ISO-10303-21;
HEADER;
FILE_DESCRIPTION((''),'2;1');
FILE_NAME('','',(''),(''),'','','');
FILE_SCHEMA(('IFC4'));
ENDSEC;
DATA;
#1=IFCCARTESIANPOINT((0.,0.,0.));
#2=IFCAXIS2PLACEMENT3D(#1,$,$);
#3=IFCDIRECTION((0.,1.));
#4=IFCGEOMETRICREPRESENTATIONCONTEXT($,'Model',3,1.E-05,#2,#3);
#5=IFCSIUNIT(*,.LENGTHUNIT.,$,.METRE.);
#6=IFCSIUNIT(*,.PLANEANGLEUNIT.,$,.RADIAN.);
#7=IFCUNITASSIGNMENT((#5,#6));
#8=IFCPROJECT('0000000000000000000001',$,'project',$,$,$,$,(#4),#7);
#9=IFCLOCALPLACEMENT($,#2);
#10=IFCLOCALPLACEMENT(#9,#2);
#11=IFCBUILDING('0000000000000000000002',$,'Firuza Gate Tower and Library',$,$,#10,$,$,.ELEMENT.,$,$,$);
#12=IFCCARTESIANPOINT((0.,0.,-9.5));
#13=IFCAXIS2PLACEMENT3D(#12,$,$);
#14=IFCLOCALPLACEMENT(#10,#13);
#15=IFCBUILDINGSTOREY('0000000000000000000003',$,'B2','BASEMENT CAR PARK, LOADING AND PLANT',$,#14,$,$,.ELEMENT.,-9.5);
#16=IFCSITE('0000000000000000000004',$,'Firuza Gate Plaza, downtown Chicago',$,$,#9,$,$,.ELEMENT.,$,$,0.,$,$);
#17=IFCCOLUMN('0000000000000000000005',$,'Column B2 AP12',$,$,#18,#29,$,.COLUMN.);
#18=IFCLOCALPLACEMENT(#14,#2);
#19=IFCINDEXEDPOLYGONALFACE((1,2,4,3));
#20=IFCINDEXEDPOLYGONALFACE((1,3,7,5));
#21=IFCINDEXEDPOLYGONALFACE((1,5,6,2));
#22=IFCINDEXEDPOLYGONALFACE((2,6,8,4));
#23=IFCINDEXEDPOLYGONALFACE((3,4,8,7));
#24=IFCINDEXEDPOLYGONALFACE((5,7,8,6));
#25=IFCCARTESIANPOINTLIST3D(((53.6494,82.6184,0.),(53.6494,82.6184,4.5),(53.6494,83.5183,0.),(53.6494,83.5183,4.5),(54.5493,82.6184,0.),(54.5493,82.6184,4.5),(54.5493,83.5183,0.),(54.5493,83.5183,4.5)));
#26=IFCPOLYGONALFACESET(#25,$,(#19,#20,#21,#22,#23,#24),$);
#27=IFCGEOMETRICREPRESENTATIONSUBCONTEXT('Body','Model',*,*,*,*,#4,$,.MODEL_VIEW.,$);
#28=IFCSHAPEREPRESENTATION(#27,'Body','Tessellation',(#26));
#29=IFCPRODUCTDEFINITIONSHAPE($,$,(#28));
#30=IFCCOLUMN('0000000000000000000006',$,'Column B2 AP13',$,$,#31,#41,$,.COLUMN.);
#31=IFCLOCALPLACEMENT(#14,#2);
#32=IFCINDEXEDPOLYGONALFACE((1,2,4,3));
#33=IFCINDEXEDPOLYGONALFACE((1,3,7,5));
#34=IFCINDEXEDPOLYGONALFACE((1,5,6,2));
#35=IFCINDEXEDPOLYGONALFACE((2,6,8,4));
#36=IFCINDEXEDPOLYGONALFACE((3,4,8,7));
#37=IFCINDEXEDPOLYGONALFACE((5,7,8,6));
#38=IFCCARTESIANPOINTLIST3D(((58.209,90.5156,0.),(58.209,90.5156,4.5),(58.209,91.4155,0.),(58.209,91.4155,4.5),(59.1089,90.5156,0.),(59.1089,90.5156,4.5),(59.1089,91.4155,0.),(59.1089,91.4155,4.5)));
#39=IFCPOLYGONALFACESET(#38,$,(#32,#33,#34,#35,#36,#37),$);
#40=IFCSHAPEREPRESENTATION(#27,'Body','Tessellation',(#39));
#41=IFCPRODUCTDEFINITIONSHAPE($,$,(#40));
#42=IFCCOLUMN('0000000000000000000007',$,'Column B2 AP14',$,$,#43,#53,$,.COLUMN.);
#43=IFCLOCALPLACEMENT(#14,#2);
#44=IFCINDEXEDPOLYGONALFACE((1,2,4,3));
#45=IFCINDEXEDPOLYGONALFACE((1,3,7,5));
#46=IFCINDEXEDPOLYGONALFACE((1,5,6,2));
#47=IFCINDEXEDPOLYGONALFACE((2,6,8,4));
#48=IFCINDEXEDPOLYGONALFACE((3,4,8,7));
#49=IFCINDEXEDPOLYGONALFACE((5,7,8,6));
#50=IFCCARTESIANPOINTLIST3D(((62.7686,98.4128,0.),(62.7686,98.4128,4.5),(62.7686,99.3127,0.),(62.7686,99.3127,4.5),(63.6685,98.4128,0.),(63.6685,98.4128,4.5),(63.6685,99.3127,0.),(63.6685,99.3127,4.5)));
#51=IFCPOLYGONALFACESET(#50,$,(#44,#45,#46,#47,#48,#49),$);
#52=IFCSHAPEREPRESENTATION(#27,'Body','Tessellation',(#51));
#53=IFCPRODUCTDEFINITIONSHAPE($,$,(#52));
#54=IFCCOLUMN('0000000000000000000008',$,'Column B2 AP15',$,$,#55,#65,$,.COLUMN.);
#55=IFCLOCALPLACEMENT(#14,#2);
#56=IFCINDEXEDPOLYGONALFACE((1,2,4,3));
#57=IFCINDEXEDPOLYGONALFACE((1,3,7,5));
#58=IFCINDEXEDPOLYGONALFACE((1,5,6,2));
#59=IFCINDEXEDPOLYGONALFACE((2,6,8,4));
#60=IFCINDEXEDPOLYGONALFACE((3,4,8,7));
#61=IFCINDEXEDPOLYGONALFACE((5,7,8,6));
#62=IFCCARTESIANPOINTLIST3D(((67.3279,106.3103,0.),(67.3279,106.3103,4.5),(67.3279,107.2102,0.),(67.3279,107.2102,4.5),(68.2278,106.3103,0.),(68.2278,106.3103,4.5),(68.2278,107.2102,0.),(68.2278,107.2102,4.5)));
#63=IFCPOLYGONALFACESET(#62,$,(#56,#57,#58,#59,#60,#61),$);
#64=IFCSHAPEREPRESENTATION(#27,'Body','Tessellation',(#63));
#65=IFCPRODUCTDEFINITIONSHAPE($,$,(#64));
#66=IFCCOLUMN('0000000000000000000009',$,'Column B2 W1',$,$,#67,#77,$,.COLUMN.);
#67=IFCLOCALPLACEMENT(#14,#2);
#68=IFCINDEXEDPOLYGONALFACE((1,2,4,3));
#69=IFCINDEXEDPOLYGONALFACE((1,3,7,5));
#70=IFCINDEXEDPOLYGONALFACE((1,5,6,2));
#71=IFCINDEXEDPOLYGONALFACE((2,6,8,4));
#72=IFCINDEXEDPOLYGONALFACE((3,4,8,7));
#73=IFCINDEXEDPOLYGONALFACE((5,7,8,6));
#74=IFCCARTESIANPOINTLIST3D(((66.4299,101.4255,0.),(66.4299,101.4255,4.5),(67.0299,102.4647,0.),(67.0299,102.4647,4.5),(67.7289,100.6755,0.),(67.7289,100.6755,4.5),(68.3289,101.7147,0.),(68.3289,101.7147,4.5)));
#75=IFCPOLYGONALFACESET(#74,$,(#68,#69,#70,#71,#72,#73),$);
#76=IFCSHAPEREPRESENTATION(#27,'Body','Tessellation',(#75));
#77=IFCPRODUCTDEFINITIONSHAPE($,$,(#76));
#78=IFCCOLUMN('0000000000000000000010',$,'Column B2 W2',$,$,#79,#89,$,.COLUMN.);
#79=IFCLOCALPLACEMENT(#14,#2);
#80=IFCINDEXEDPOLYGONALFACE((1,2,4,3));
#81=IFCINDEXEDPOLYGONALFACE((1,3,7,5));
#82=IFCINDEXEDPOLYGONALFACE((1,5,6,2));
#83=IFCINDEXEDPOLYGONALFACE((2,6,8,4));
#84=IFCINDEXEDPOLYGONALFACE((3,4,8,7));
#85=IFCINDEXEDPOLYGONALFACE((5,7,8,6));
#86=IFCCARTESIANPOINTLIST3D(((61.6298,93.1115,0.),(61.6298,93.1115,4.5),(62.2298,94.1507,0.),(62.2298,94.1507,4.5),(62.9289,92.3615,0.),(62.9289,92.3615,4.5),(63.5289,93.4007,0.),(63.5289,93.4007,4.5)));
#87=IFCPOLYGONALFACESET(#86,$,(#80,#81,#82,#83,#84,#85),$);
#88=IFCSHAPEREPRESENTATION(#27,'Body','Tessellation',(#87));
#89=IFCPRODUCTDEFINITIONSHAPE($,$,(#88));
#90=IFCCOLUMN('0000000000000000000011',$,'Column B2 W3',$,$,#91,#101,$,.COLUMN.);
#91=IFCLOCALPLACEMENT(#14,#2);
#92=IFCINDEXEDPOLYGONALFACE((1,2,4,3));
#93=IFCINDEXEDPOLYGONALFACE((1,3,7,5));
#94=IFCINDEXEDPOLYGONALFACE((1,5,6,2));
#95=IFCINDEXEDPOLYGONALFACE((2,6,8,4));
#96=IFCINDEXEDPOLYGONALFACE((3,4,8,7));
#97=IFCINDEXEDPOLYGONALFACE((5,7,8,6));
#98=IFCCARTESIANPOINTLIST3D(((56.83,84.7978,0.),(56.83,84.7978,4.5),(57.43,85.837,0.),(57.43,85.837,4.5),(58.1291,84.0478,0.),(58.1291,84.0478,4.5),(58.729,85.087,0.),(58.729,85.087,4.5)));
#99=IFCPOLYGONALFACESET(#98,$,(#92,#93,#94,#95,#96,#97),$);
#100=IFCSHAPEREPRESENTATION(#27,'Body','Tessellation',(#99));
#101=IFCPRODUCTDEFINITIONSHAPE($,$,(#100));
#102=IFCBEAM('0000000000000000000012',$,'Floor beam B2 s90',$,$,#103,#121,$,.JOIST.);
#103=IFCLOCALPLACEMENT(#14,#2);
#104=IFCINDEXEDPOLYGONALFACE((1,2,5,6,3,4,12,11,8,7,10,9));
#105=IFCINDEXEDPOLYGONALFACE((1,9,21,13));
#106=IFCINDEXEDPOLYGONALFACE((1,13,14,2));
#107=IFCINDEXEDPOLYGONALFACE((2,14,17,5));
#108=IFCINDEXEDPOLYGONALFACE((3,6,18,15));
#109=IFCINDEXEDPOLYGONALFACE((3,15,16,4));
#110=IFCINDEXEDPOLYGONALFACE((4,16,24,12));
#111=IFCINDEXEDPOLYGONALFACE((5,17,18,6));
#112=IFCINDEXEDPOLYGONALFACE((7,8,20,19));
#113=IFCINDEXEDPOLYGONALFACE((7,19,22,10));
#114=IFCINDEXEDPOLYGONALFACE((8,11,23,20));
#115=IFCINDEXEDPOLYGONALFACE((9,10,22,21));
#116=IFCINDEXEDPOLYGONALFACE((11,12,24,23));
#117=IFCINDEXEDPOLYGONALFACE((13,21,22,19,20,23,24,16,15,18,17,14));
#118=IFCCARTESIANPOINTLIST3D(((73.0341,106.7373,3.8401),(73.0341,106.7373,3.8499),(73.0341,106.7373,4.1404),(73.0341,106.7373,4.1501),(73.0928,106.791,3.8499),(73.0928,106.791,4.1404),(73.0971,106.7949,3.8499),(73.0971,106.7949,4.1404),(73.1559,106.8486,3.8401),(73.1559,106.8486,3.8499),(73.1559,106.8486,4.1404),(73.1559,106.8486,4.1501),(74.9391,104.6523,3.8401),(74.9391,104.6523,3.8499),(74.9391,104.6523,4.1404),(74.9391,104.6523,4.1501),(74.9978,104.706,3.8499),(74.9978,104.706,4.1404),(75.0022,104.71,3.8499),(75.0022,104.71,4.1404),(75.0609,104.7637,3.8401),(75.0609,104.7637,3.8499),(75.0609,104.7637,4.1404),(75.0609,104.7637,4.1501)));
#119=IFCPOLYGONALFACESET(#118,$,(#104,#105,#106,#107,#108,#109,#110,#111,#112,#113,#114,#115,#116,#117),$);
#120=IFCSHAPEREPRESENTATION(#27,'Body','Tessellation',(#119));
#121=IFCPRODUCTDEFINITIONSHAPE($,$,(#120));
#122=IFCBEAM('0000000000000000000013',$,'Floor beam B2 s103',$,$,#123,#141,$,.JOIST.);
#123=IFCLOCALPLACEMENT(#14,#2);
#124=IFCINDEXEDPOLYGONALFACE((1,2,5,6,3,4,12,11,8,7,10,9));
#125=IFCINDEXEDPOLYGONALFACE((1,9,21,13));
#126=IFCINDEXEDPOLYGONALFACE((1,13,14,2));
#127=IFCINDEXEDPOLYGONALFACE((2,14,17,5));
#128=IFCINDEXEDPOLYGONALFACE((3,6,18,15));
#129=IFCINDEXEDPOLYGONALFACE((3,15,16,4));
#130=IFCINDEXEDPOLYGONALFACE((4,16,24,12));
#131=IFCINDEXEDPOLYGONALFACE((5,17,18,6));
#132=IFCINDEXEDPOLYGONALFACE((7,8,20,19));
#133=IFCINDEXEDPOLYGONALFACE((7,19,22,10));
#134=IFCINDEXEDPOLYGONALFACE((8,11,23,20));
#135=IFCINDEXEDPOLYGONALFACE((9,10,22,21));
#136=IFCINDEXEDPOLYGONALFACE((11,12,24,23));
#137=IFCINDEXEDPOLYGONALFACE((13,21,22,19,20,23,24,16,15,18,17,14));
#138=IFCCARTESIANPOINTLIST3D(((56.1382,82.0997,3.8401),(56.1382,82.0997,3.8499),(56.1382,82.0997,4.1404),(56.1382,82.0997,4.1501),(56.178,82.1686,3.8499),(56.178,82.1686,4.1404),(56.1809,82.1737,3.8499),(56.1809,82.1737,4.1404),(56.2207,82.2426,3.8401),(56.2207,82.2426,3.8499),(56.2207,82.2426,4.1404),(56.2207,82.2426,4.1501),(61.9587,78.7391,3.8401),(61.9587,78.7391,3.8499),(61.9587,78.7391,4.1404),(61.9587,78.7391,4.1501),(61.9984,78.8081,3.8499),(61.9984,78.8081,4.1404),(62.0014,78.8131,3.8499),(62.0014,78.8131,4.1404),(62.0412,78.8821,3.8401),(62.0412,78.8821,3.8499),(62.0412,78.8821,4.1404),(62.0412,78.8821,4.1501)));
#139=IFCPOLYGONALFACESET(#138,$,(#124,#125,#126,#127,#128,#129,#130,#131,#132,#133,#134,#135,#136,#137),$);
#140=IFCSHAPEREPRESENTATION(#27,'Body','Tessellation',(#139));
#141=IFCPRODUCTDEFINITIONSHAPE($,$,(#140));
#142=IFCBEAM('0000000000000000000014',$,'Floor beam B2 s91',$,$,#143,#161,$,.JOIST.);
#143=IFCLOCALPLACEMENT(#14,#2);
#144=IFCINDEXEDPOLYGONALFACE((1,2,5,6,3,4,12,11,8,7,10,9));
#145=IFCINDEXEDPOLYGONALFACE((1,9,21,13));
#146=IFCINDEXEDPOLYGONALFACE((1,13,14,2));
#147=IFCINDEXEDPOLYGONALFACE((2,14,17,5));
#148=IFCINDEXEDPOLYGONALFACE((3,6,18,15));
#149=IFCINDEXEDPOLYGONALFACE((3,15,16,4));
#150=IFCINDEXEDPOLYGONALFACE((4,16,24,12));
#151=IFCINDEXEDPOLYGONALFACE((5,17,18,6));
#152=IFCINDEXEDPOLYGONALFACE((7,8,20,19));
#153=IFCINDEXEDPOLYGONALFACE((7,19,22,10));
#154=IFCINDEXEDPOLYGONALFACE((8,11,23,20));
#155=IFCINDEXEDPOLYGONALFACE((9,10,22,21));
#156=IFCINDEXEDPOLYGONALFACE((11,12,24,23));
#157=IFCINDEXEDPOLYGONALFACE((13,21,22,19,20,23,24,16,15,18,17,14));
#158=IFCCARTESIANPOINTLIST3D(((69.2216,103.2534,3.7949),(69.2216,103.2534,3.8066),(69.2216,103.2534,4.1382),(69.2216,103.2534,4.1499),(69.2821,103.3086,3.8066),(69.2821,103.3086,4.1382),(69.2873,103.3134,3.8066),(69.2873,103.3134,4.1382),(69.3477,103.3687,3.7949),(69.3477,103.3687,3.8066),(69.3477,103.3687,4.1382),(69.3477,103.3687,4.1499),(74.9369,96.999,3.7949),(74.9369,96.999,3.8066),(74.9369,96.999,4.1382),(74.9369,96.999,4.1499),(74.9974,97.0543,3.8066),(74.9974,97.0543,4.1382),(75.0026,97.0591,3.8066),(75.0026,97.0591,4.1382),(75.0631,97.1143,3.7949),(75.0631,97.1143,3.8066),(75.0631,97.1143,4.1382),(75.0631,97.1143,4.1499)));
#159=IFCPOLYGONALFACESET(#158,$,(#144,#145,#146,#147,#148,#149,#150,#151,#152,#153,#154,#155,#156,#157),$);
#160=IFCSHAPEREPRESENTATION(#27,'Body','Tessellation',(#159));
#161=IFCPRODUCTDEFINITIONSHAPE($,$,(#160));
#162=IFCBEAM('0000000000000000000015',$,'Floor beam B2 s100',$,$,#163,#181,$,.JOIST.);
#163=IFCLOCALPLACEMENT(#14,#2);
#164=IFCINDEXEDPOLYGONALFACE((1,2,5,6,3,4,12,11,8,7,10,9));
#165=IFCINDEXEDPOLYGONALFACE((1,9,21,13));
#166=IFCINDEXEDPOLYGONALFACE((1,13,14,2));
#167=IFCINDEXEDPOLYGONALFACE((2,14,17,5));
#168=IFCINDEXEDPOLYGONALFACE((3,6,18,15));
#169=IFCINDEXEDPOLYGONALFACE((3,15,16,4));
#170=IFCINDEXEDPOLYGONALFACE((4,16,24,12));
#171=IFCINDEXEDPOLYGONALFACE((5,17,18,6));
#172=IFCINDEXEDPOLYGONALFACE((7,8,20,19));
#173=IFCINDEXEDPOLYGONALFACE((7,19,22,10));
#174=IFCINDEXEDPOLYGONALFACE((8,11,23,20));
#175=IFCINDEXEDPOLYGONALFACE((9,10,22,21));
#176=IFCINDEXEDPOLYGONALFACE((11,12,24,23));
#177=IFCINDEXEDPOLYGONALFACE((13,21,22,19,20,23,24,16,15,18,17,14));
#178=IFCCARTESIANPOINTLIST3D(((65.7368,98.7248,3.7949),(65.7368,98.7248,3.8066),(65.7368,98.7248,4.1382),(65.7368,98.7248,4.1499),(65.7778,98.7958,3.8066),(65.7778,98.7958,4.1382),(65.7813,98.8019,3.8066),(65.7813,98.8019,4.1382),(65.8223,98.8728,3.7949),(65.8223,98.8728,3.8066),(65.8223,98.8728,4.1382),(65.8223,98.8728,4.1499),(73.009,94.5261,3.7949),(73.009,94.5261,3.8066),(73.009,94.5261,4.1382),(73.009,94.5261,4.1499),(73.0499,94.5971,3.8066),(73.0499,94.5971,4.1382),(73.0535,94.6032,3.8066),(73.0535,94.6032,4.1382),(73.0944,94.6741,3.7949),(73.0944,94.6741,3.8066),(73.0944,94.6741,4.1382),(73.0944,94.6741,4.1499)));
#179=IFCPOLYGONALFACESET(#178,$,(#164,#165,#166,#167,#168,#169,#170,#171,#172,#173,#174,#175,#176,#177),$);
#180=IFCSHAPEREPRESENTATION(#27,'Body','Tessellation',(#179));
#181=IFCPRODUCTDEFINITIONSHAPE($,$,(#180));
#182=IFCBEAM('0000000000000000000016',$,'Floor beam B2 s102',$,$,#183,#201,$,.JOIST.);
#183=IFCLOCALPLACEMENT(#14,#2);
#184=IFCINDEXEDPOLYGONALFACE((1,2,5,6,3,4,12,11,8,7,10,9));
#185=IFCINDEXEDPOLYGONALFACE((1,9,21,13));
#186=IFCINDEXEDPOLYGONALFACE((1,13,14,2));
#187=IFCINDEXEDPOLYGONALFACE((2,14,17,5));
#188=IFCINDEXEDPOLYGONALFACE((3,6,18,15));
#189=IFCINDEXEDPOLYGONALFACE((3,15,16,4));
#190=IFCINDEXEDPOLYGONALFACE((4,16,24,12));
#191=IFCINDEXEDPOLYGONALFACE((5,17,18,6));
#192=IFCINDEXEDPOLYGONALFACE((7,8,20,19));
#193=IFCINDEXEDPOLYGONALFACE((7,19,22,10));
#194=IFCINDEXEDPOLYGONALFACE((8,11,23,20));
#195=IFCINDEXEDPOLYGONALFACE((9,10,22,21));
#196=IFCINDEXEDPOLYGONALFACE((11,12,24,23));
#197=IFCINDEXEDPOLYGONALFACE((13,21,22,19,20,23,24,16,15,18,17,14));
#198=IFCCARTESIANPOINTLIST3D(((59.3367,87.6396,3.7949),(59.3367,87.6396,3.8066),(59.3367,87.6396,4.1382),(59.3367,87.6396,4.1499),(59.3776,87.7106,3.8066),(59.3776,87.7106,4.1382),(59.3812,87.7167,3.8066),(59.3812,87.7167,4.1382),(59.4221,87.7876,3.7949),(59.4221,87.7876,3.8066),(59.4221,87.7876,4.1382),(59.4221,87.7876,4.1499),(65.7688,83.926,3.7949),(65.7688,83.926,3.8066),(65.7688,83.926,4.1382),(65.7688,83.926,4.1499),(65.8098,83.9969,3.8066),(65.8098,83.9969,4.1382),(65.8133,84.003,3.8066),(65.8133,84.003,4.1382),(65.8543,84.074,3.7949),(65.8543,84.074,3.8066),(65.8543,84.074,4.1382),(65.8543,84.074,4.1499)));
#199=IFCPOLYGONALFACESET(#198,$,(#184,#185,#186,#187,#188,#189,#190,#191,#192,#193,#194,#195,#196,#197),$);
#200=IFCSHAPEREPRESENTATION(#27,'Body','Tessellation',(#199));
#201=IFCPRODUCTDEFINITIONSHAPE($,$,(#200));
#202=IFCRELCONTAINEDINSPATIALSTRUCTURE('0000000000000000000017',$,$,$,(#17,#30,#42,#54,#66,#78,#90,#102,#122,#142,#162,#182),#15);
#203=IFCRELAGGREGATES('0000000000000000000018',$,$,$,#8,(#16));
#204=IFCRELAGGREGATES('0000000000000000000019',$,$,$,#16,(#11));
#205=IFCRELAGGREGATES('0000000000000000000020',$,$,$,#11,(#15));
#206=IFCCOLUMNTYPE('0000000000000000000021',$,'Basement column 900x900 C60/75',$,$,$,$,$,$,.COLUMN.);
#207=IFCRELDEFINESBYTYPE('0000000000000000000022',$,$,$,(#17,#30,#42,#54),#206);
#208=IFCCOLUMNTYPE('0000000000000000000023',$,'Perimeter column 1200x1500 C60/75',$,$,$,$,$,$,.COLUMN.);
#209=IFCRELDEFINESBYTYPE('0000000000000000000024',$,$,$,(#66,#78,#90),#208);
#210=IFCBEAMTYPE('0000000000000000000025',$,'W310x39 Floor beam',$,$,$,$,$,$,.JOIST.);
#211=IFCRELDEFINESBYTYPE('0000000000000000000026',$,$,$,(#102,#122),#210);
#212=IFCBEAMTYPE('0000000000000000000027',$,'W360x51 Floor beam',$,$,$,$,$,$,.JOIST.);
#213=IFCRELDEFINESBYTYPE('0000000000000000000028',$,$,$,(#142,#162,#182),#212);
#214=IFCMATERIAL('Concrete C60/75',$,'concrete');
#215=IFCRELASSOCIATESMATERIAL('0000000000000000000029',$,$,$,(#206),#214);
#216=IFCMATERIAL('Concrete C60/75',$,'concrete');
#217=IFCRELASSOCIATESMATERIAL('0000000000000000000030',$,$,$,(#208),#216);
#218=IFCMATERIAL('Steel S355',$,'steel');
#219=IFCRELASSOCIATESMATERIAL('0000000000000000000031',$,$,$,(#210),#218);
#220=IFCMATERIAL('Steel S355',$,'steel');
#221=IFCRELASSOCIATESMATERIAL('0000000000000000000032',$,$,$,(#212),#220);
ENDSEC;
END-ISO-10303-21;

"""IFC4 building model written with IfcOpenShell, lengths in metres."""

from ifc_helpers import new_model, si_unit, direction, frame, origin, origin_2d, place, context, subcontext, project, spatial, rectangle, i_section, extrude, material, material_profile, profile_set, type_object, element, save


model = new_model("IFC4")

# Units and contexts
model_context = context("Model", 3, precision=1e-05, world=origin(), true_north=direction((0.0, 1.0)))
body_context = subcontext(model_context, "Body", "Model", "MODEL_VIEW")
ifc_project = project(units=[si_unit("LENGTHUNIT", "METRE"), si_unit("PLANEANGLEUNIT", "RADIAN")], contexts=[model_context])

# Site, building, storey
site_placement = place(None, origin())
site = spatial("IfcSite", under=ifc_project, at=site_placement, Name="Firuza Gate Plaza, downtown Chicago", CompositionType="ELEMENT", RefElevation=0.0)
building_placement = place(site_placement, origin())
building = spatial("IfcBuilding", under=site, at=building_placement, Name="Firuza Gate Tower and Library", CompositionType="ELEMENT")
storey_placement = place(building_placement, frame((0.0, 0.0, -9.5)))
storey = spatial("IfcBuildingStorey", under=building, at=storey_placement, Name="B2", Description="BASEMENT CAR PARK, LOADING AND PLANT", CompositionType="ELEMENT", Elevation=-9.5)

# Columns
ifc_material_1 = material(Name="Concrete C60/75", Category="concrete")
ifc_material_profile_1 = material_profile(ifc_material_1, rectangle(XDim=0.8999, YDim=0.8999, at=origin_2d()))
ifc_profile_set_1 = profile_set([ifc_material_profile_1], Name="Concrete C60/75")
column_type_1 = type_object("IfcColumnType", Name="Basement column 900x900 C60/75", PredefinedType="COLUMN", material=ifc_profile_set_1)
for number, where, z_axis, x_axis, name in (
    (1, (54.0994, 83.0684, 0.0), (0.0, 0.0, 1.0), (1.0, 0.0, 0.0), "Column B2 AP12"),
    (2, (58.6589, 90.9656, 0.0), (0.0, 0.0, 1.0), (1.0, 0.0, 0.0), "Column B2 AP13"),
    (3, (63.2185, 98.8628, 0.0), (0.0, 0.0, 1.0), (1.0, 0.0, 0.0), "Column B2 AP14"),
    (4, (67.7778, 106.7603, 0.0), (0.0, 0.0, 1.0), (1.0, 0.0, 0.0), "Column B2 AP15"),
):
    element("IfcColumn", number, at=place(storey_placement, frame(where, z_axis=z_axis, x_axis=x_axis)), inside=storey, type_object=column_type_1, Name=name, PredefinedType="COLUMN", context=body_context, shape_type="SweptSolid", body=[
        extrude(rectangle(XDim=0.8999, YDim=0.8999, at=origin_2d()), origin(), (0.0, 0.0, 1.0), 4.5),
    ])
ifc_material_2 = material(Name="Concrete C60/75", Category="concrete")
ifc_material_profile_2 = material_profile(ifc_material_2, rectangle(XDim=1.2, YDim=1.5, at=origin_2d()))
ifc_profile_set_2 = profile_set([ifc_material_profile_2], Name="Concrete C60/75")
column_type_2 = type_object("IfcColumnType", Name="Perimeter column 1200x1500 C60/75", PredefinedType="COLUMN", material=ifc_profile_set_2)
for number, where, z_axis, x_axis, name in (
    (5, (67.3794, 101.5701, 0.0), (0.0, 0.0, 1.0), (-0.5, -0.866025, 0.0), "Column B2 W1"),
    (6, (62.5793, 93.2561, 0.0), (0.0, 0.0, 1.0), (-0.5, -0.866025, 0.0), "Column B2 W2"),
    (7, (57.7795, 84.9424, 0.0), (0.0, 0.0, 1.0), (-0.5, -0.866025, 0.0), "Column B2 W3"),
):
    element("IfcColumn", number, at=place(storey_placement, frame(where, z_axis=z_axis, x_axis=x_axis)), inside=storey, type_object=column_type_2, Name=name, PredefinedType="COLUMN", context=body_context, shape_type="SweptSolid", body=[
        extrude(rectangle(XDim=1.2, YDim=1.5, at=origin_2d()), origin(), (0.0, 0.0, 1.0), 4.5),
    ])

# Beams
ifc_material_3 = material(Name="Steel S355", Category="steel")
ifc_material_profile_3 = material_profile(ifc_material_3, i_section(OverallWidth=0.165, OverallDepth=0.3101, WebThickness=0.0059, FlangeThickness=0.0098, at=origin_2d()))
ifc_profile_set_3 = profile_set([ifc_material_profile_3], Name="Steel S355")
beam_type_1 = type_object("IfcBeamType", Name="W310x39 Floor beam", PredefinedType="JOIST", material=ifc_profile_set_3)
beam_1_placement = place(storey_placement, frame((73.095, 106.793, 3.9951), z_axis=(0.674534, -0.738244, 0.0), x_axis=(0.738244, 0.674534, 0.0)))
element("IfcBeam", 8, at=beam_1_placement, inside=storey, type_object=beam_type_1, Name="Floor beam B2 s90", PredefinedType="JOIST", context=body_context, shape_type="SweptSolid", body=[
    extrude(i_section(OverallWidth=0.165, OverallDepth=0.3101, WebThickness=0.0059, FlangeThickness=0.0098, at=origin_2d()), origin(), (0.0, 0.0, 1.0), 2.8242),
])
beam_2_placement = place(storey_placement, frame((56.1794, 82.1711, 3.9951), z_axis=(0.866019, -0.500011, 0.0), x_axis=(0.500011, 0.866019, 0.0)))
element("IfcBeam", 9, at=beam_2_placement, inside=storey, type_object=beam_type_1, Name="Floor beam B2 s103", PredefinedType="JOIST", context=body_context, shape_type="SweptSolid", body=[
    extrude(i_section(OverallWidth=0.165, OverallDepth=0.3101, WebThickness=0.0059, FlangeThickness=0.0098, at=origin_2d()), origin(), (0.0, 0.0, 1.0), 6.7209),
])
ifc_material_4 = material(Name="Steel S355", Category="steel")
ifc_material_profile_4 = material_profile(ifc_material_4, i_section(OverallWidth=0.1709, OverallDepth=0.355, WebThickness=0.0071, FlangeThickness=0.0117, at=origin_2d()))
ifc_profile_set_4 = profile_set([ifc_material_profile_4], Name="Steel S355")
beam_type_2 = type_object("IfcBeamType", Name="W360x51 Floor beam", PredefinedType="JOIST", material=ifc_profile_set_4)
beam_3_placement = place(storey_placement, frame((69.2847, 103.311, 3.9724), z_axis=(0.674578, -0.738203, 0.0), x_axis=(0.738203, 0.674578, 0.0)))
element("IfcBeam", 10, at=beam_3_placement, inside=storey, type_object=beam_type_2, Name="Floor beam B2 s91", PredefinedType="JOIST", context=body_context, shape_type="SweptSolid", body=[
    extrude(i_section(OverallWidth=0.1709, OverallDepth=0.355, WebThickness=0.0071, FlangeThickness=0.0117, at=origin_2d()), origin(), (0.0, 0.0, 1.0), 8.4724),
])
beam_4_placement = place(storey_placement, frame((65.7795, 98.7988, 3.9724), z_axis=(0.86602, -0.50001, 0.0), x_axis=(0.50001, 0.86602, 0.0)))
element("IfcBeam", 11, at=beam_4_placement, inside=storey, type_object=beam_type_2, Name="Floor beam B2 s100", PredefinedType="JOIST", context=body_context, shape_type="SweptSolid", body=[
    extrude(i_section(OverallWidth=0.1709, OverallDepth=0.355, WebThickness=0.0071, FlangeThickness=0.0117, at=origin_2d()), origin(), (0.0, 0.0, 1.0), 8.3972),
])
beam_5_placement = place(storey_placement, frame((59.3794, 87.7136, 3.9724), z_axis=(0.866024, -0.500003, 0.0), x_axis=(0.500003, 0.866024, 0.0)))
element("IfcBeam", 12, at=beam_5_placement, inside=storey, type_object=beam_type_2, Name="Floor beam B2 s102", PredefinedType="JOIST", context=body_context, shape_type="SweptSolid", body=[
    extrude(i_section(OverallWidth=0.1709, OverallDepth=0.355, WebThickness=0.0071, FlangeThickness=0.0117, at=origin_2d()), origin(), (0.0, 0.0, 1.0), 7.4272),
])

save(model, "model.ifc")
